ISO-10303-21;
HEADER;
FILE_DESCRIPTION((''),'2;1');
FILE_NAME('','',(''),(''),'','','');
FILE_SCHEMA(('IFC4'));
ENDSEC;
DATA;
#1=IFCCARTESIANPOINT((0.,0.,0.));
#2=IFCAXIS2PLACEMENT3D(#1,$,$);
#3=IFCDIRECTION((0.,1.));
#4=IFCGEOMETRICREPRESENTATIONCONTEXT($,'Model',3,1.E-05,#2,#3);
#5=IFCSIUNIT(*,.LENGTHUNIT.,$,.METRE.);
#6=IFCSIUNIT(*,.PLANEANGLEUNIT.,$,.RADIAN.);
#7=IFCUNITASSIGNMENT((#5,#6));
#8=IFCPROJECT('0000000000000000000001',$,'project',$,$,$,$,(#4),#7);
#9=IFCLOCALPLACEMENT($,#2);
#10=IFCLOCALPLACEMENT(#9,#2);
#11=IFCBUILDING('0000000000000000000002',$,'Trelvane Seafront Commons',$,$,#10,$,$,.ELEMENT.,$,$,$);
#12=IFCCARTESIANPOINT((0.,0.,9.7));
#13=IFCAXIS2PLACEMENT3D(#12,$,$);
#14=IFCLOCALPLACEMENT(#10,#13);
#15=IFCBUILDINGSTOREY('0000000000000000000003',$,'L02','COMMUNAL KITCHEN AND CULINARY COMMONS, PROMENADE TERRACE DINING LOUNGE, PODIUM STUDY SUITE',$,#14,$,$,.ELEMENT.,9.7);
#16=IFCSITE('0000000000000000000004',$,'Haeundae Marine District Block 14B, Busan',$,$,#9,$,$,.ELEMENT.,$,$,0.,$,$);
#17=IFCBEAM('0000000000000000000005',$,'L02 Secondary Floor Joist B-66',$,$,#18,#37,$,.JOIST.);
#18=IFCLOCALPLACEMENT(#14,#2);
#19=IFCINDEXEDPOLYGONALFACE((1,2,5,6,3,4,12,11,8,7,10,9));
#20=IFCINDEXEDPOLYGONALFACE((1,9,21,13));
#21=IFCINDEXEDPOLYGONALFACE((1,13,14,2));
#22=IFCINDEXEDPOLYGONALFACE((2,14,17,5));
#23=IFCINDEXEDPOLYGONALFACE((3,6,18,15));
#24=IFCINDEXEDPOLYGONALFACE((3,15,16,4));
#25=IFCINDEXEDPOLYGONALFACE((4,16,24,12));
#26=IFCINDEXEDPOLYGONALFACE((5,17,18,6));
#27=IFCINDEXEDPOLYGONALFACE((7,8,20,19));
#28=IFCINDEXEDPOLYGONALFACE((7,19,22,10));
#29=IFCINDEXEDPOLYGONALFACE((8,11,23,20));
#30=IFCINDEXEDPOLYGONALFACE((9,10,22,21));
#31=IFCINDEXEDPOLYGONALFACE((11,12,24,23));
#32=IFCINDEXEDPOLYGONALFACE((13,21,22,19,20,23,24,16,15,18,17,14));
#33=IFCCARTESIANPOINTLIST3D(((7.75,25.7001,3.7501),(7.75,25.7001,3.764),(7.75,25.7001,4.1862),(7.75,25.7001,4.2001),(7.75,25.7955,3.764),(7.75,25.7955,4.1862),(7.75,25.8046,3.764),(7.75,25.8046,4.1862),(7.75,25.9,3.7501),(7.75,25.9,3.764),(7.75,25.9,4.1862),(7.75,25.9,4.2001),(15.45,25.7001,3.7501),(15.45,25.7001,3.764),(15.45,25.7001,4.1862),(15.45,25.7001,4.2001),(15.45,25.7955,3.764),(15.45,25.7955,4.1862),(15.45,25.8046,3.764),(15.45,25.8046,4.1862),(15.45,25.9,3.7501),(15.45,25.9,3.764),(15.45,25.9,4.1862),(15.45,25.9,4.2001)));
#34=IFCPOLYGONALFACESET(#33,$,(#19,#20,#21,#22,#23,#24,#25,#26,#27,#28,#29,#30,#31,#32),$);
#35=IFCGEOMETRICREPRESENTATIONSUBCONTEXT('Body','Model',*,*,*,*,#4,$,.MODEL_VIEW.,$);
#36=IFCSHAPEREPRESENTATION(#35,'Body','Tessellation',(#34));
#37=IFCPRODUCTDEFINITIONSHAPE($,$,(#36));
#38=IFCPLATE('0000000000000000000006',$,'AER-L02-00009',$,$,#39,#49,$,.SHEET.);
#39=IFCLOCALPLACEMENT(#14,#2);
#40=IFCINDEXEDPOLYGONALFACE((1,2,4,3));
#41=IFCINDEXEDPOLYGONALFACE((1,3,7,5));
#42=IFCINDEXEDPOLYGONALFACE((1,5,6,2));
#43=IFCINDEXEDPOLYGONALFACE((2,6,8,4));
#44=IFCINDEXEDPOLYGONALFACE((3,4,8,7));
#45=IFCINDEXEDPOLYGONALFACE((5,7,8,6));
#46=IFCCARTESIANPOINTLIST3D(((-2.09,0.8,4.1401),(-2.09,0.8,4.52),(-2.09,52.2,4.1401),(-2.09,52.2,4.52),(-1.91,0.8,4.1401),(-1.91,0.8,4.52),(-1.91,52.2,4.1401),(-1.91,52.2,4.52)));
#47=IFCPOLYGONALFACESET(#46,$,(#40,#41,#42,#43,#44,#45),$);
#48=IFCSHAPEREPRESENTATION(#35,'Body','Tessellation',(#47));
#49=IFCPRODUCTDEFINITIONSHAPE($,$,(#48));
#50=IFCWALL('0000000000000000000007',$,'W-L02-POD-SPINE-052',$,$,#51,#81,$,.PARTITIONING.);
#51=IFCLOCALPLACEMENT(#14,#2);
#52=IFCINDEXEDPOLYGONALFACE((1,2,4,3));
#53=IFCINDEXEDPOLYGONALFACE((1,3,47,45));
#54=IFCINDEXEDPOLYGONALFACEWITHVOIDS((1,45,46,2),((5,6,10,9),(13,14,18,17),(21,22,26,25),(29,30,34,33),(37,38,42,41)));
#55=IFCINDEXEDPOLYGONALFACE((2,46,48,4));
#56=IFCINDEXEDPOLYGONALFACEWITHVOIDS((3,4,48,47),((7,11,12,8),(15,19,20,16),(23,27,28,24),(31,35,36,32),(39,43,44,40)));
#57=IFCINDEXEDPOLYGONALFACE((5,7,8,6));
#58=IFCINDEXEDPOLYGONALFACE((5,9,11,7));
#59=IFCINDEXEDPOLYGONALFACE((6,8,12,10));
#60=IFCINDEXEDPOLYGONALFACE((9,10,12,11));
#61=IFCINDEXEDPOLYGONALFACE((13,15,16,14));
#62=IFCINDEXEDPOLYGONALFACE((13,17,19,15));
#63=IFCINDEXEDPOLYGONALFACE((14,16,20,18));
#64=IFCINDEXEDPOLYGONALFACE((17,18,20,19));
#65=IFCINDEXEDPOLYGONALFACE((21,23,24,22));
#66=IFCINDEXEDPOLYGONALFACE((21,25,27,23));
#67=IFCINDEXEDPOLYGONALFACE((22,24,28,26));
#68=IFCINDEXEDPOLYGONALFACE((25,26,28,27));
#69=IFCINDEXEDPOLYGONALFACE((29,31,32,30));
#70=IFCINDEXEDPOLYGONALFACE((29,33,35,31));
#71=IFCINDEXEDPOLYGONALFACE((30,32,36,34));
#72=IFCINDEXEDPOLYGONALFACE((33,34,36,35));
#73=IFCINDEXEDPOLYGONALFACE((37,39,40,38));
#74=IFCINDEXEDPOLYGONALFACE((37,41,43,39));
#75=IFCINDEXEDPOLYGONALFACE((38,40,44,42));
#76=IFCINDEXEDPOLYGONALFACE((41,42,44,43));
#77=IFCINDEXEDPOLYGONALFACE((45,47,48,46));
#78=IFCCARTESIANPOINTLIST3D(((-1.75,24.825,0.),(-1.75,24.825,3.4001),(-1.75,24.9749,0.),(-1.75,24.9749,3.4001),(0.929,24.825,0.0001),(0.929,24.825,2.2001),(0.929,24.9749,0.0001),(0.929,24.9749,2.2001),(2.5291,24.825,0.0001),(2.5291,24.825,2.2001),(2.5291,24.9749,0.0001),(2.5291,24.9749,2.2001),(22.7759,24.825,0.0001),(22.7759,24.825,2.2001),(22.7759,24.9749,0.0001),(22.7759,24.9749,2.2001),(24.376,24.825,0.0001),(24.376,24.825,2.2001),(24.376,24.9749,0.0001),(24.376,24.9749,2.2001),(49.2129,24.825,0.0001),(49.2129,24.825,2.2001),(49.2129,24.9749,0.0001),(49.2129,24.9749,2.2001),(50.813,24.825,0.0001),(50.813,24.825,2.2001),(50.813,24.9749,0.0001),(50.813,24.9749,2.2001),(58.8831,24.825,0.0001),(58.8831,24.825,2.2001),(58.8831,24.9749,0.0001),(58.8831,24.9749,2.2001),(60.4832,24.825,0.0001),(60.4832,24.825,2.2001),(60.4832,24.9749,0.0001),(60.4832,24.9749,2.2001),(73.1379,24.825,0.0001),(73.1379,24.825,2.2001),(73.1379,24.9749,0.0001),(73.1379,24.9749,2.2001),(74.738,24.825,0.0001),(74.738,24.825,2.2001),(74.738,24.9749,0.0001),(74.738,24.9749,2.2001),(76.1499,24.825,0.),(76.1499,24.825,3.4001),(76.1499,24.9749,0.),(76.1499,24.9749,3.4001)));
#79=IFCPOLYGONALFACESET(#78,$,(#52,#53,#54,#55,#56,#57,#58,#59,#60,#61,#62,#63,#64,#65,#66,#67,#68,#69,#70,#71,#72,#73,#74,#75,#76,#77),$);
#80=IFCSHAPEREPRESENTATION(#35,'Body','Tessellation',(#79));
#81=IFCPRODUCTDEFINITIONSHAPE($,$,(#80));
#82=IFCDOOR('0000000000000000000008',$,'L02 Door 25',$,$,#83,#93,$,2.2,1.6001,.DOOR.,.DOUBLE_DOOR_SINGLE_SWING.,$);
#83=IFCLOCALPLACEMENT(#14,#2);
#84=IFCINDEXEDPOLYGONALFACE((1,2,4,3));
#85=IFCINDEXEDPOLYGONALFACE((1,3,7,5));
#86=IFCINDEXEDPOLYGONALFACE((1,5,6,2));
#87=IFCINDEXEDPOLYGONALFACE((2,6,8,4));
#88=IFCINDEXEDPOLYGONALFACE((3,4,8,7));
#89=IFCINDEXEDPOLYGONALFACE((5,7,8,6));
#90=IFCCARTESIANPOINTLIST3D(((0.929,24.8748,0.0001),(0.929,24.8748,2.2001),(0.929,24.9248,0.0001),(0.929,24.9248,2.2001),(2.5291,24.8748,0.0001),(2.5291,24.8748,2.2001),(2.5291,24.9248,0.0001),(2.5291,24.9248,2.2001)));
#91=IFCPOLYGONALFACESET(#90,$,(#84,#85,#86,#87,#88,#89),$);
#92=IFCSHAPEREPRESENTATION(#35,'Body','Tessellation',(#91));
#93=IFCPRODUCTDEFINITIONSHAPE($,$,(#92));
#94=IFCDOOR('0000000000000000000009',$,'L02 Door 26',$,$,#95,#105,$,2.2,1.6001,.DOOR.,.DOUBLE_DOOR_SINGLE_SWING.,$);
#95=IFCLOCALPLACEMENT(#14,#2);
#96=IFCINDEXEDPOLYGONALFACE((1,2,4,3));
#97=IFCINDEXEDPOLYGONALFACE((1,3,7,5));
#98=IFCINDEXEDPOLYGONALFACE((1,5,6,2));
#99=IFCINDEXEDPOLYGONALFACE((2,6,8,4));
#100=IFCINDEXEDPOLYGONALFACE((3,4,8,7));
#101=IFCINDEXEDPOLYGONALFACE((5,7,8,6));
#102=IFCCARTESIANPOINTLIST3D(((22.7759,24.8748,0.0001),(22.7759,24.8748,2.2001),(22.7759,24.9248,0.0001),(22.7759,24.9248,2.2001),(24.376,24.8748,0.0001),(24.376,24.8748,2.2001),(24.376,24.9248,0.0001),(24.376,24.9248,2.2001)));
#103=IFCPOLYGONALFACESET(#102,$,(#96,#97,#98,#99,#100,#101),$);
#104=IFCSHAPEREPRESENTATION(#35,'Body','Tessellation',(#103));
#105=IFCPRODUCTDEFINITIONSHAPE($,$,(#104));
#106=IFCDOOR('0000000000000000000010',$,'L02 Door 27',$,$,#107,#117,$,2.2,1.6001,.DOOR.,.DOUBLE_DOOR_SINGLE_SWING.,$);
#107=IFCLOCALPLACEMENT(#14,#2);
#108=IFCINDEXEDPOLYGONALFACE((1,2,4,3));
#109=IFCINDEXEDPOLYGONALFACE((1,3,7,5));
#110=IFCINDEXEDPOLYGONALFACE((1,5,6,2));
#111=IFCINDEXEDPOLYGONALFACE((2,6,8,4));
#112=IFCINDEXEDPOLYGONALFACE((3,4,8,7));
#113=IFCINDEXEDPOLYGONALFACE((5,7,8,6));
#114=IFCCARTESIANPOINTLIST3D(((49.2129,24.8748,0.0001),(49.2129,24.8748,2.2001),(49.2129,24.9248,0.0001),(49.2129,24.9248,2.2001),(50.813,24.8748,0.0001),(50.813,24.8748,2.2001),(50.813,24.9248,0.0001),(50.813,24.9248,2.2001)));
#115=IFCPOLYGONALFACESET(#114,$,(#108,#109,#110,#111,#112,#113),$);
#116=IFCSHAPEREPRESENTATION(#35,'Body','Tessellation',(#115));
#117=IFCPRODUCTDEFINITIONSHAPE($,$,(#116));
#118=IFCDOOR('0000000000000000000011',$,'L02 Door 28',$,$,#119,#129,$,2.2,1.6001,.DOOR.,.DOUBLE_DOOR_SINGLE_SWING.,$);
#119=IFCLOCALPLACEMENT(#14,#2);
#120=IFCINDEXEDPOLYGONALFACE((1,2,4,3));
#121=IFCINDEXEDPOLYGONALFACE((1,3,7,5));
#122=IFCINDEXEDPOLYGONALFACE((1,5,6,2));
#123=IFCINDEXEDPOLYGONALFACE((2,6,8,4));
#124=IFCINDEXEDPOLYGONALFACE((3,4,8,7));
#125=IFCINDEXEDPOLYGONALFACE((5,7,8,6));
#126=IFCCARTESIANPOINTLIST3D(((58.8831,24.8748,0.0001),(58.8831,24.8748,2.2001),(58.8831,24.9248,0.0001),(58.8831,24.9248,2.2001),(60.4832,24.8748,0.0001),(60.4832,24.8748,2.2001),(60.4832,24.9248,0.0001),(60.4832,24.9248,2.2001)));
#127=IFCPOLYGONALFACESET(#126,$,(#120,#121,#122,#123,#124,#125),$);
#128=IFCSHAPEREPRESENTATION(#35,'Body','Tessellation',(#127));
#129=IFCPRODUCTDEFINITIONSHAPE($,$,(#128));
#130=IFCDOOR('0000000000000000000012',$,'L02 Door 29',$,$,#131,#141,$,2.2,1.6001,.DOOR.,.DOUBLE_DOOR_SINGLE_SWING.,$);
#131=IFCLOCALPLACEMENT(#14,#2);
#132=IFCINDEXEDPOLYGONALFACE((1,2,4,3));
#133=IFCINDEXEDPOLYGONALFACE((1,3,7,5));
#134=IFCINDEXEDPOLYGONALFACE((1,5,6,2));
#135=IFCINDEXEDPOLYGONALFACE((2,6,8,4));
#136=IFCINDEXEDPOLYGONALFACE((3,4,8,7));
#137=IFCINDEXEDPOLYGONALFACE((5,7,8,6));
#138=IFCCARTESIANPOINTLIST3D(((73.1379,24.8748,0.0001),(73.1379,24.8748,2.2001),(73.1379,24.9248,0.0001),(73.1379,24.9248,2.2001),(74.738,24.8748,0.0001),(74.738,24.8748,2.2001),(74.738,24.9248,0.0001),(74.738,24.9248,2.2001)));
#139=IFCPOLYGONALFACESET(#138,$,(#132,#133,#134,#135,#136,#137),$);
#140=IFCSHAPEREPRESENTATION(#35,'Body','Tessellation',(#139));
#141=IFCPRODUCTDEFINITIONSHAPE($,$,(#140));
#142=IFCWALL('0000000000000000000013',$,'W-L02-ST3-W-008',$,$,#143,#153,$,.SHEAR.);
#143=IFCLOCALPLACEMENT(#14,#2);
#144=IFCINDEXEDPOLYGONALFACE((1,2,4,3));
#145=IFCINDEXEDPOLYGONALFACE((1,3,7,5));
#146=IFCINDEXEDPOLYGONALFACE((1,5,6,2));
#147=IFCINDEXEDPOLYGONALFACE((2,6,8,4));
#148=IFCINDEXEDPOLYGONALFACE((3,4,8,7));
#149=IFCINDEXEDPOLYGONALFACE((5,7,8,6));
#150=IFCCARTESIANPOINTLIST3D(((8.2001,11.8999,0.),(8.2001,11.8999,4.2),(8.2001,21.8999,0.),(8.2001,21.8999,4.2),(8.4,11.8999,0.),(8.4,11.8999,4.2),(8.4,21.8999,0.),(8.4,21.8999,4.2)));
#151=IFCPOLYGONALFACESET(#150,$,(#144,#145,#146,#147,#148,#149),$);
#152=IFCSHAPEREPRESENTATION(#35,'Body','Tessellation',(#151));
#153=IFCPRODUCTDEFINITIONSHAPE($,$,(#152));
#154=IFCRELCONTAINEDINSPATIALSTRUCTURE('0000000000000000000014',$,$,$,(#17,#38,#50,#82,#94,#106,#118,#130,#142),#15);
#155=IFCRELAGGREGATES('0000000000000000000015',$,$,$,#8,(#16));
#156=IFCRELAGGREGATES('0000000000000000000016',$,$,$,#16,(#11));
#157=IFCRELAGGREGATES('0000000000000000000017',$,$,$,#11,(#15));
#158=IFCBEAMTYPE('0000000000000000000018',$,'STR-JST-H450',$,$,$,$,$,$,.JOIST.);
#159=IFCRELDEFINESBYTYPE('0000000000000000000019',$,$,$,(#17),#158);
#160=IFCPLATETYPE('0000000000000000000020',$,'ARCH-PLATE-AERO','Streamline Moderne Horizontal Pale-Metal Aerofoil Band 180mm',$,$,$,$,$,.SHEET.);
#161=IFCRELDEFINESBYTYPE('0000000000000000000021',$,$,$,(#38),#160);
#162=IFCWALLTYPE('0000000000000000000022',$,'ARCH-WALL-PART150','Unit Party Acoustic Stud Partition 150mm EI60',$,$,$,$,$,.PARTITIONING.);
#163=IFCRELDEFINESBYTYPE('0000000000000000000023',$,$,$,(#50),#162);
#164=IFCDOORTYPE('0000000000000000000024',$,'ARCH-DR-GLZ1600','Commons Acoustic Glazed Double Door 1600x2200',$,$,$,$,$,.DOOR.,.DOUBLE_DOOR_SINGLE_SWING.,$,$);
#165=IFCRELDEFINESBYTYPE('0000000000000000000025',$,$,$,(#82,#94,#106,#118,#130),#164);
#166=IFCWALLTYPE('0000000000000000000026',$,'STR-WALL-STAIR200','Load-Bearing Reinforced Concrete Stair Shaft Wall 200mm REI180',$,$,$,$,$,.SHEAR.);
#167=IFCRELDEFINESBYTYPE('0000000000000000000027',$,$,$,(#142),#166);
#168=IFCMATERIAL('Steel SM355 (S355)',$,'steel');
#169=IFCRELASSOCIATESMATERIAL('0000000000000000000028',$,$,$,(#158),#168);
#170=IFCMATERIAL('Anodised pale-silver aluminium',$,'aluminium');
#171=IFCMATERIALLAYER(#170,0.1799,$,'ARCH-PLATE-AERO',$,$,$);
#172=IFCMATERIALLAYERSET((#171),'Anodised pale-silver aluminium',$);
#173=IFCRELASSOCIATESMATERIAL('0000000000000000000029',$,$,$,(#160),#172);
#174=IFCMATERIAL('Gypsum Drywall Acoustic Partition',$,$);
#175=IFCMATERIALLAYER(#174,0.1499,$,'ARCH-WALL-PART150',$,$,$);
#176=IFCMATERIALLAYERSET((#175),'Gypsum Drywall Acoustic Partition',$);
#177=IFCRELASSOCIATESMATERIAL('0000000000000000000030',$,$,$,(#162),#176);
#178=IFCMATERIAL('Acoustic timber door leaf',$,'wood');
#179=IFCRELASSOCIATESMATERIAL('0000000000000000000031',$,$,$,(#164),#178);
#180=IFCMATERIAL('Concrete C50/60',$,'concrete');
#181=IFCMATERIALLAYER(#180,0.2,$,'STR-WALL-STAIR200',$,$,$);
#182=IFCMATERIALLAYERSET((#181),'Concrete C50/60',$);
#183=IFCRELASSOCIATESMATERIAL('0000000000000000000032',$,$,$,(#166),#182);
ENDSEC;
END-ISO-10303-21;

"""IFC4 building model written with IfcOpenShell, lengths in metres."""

from ifc_helpers import new_model, si_unit, direction, frame, frame_2d, origin, origin_2d, place, context, subcontext, project, spatial, rectangle, i_section, extrude, source, transform, mapped, material, layer, layer_set, material_profile, profile_set, type_object, element, fill, save


model = new_model("IFC4")

# Units and contexts
model_context = context("Model", 3, precision=1e-05, world=origin(), true_north=direction((0.0, 1.0)))
body_context = subcontext(model_context, "Body", "Model", "MODEL_VIEW")
ifc_project = project(units=[si_unit("LENGTHUNIT", "METRE"), si_unit("PLANEANGLEUNIT", "RADIAN")], contexts=[model_context])

# Site, building, storey
site_placement = place(None, origin())
site = spatial("IfcSite", under=ifc_project, at=site_placement, Name="Haeundae Marine District Block 14B, Busan", CompositionType="ELEMENT", RefElevation=0.0)
building_placement = place(site_placement, origin())
building = spatial("IfcBuilding", under=site, at=building_placement, Name="Trelvane Seafront Commons", CompositionType="ELEMENT")
storey_placement = place(building_placement, frame((0.0, 0.0, 9.7)))
storey = spatial("IfcBuildingStorey", under=building, at=storey_placement, Name="L02", Description="COMMUNAL KITCHEN AND CULINARY COMMONS, PROMENADE TERRACE DINING LOUNGE, PODIUM STUDY SUITE", CompositionType="ELEMENT", Elevation=9.7)

# Shared definitions
ifc_material_1 = material(Name="Concrete C50/60", Category="concrete")

# Beam
ifc_material_2 = material(Name="Steel SM355 (S355)", Category="steel")
ifc_material_profile_1 = material_profile(ifc_material_2, i_section(OverallWidth=0.2, OverallDepth=0.45, WebThickness=0.009, FlangeThickness=0.0139, at=origin_2d()), Name="H-450x200x9x14")
ifc_profile_set_1 = profile_set([ifc_material_profile_1], Name="Steel SM355 (S355)")
beam_type_1 = type_object("IfcBeamType", Name="STR-JST-H450", PredefinedType="JOIST", material=ifc_profile_set_1)
shared_shape_1 = source(origin(), body_context, "Body", "SweptSolid", [
    extrude(i_section(OverallWidth=0.2, OverallDepth=0.45, WebThickness=0.009, FlangeThickness=0.0139, at=origin_2d()), origin(), (0.0, 0.0, 1.0), 7.7),
])
for number, where, z_axis, x_axis, name in (
    (1, (7.75, 25.8, 3.9751), (1.0, 0.0, 0.0), (0.0, 1.0, 0.0), "L02 Secondary Floor Joist B-66"),
):
    element("IfcBeam", number, at=place(storey_placement, frame(where, z_axis=z_axis, x_axis=x_axis)), inside=storey, type_object=beam_type_1, Name=name, PredefinedType="JOIST", context=body_context, shape_type="MappedRepresentation", body=[
        mapped(shared_shape_1, transform((0.0, 0.0, 0.0), x_axis=(1.0, 0.0, 0.0), y_axis=(0.0, 1.0, 0.0), z_axis=(0.0, 0.0, 1.0), scale=1.0)),
    ])

# Plate
ifc_material_3 = material(Name="Anodised pale-silver aluminium", Category="aluminium")
ifc_layer_1 = layer(ifc_material_3, 0.1799, Name="ARCH-PLATE-AERO")
ifc_layer_set_1 = layer_set([ifc_layer_1], Name="Anodised pale-silver aluminium")
plate_type = type_object("IfcPlateType", Name="ARCH-PLATE-AERO", Description="Streamline Moderne Horizontal Pale-Metal Aerofoil Band 180mm", PredefinedType="SHEET", material=ifc_layer_set_1)
shared_shape_2 = source(origin(), body_context, "Body", "SweptSolid", [
    extrude(rectangle(XDim=51.3999, YDim=0.1799, at=origin_2d()), origin(), (0.0, 0.0, 1.0), 0.3799),
])
plate_placement = place(storey_placement, frame((-2.0, 26.5, 4.1401), z_axis=(0.0, 0.0, 1.0), x_axis=(0.0, 1.0, 0.0)))
element("IfcPlate", 2, at=plate_placement, inside=storey, type_object=plate_type, Name="AER-L02-00009", PredefinedType="SHEET", context=body_context, shape_type="MappedRepresentation", body=[
    mapped(shared_shape_2, transform((0.0, 0.0, 0.0), x_axis=(1.0, 0.0, 0.0), y_axis=(0.0, 1.0, 0.0), z_axis=(0.0, 0.0, 1.0), scale=1.0)),
])

# Wall, openings, doors
ifc_material_4 = material(Name="Gypsum Drywall Acoustic Partition")
ifc_layer_2 = layer(ifc_material_4, 0.1499, Name="ARCH-WALL-PART150")
ifc_layer_set_2 = layer_set([ifc_layer_2], Name="Gypsum Drywall Acoustic Partition")
wall_type_1 = type_object("IfcWallType", Name="ARCH-WALL-PART150", Description="Unit Party Acoustic Stud Partition 150mm EI60", PredefinedType="PARTITIONING", material=ifc_layer_set_2)
wall_1_placement = place(storey_placement, frame((-1.75, 24.8999, 0.0), z_axis=(0.0, 0.0, 1.0), x_axis=(1.0, 0.0, 0.0)))
wall_1 = element("IfcWall", 3, at=wall_1_placement, inside=storey, type_object=wall_type_1, Name="W-L02-POD-SPINE-052", PredefinedType="PARTITIONING", context=body_context, shape_type="SweptSolid", body=[
    extrude(rectangle(XDim=77.8999, YDim=0.1499, at=frame_2d((38.95, 0.0))), origin(), (0.0, 0.0, 1.0), 3.4001),
])
opening_1_placement = place(wall_1_placement, frame((2.679, 0.0, 0.0)))
opening_1 = element("IfcOpeningElement", 4, at=opening_1_placement, cuts=wall_1, PredefinedType="OPENING", context=body_context, shape_type="SweptSolid", body=[
    extrude(rectangle(XDim=1.6001, YDim=2.2, at=frame_2d((0.8, 1.1001))), frame((0.0, 0.085, 0.0), z_axis=(0.0, -1.0, 0.0), x_axis=(1.0, 0.0, 0.0)), (0.0, 0.0, 1.0), 0.1699),
])
opening_2_placement = place(wall_1_placement, frame((24.5259, 0.0, 0.0)))
opening_2 = element("IfcOpeningElement", 5, at=opening_2_placement, cuts=wall_1, PredefinedType="OPENING", context=body_context, shape_type="SweptSolid", body=[
    extrude(rectangle(XDim=1.6001, YDim=2.2, at=frame_2d((0.8, 1.1001))), frame((0.0, 0.085, 0.0), z_axis=(0.0, -1.0, 0.0), x_axis=(1.0, 0.0, 0.0)), (0.0, 0.0, 1.0), 0.1699),
])
opening_3_placement = place(wall_1_placement, frame((50.9629, 0.0, 0.0)))
opening_3 = element("IfcOpeningElement", 6, at=opening_3_placement, cuts=wall_1, PredefinedType="OPENING", context=body_context, shape_type="SweptSolid", body=[
    extrude(rectangle(XDim=1.6001, YDim=2.2, at=frame_2d((0.8, 1.1001))), frame((0.0, 0.085, 0.0), z_axis=(0.0, -1.0, 0.0), x_axis=(1.0, 0.0, 0.0)), (0.0, 0.0, 1.0), 0.1699),
])
opening_4_placement = place(wall_1_placement, frame((60.6331, 0.0, 0.0)))
opening_4 = element("IfcOpeningElement", 7, at=opening_4_placement, cuts=wall_1, PredefinedType="OPENING", context=body_context, shape_type="SweptSolid", body=[
    extrude(rectangle(XDim=1.6001, YDim=2.2, at=frame_2d((0.8, 1.1001))), frame((0.0, 0.085, 0.0), z_axis=(0.0, -1.0, 0.0), x_axis=(1.0, 0.0, 0.0)), (0.0, 0.0, 1.0), 0.1699),
])
opening_5_placement = place(wall_1_placement, frame((74.8879, 0.0, 0.0)))
opening_5 = element("IfcOpeningElement", 8, at=opening_5_placement, cuts=wall_1, PredefinedType="OPENING", context=body_context, shape_type="SweptSolid", body=[
    extrude(rectangle(XDim=1.6001, YDim=2.2, at=frame_2d((0.8, 1.1001))), frame((0.0, 0.085, 0.0), z_axis=(0.0, -1.0, 0.0), x_axis=(1.0, 0.0, 0.0)), (0.0, 0.0, 1.0), 0.1699),
])
ifc_material_5 = material(Name="Acoustic timber door leaf", Category="wood")
door_type_1 = type_object("IfcDoorType", Name="ARCH-DR-GLZ1600", Description="Commons Acoustic Glazed Double Door 1600x2200", OperationType="DOUBLE_DOOR_SINGLE_SWING", PredefinedType="DOOR", material=ifc_material_5)
shared_shape_3 = source(origin(), body_context, "Body", "SweptSolid", [
    extrude(rectangle(XDim=1.6001, YDim=2.2, at=frame_2d((0.8, 1.1001))), frame((0.0, 0.0249, 0.0), z_axis=(0.0, -1.0, 0.0), x_axis=(1.0, 0.0, 0.0)), (0.0, 0.0, 1.0), 0.05),
])
door_1_placement = place(opening_1_placement, origin())
door_1 = element("IfcDoor", 9, at=door_1_placement, inside=storey, type_object=door_type_1, Name="L02 Door 25", OperationType="DOUBLE_DOOR_SINGLE_SWING", OverallHeight=2.2, OverallWidth=1.6001, PredefinedType="DOOR", context=body_context, shape_type="MappedRepresentation", body=[
    mapped(shared_shape_3, transform((0.0, 0.0, 0.0), x_axis=(1.0, 0.0, 0.0), y_axis=(0.0, 1.0, 0.0), z_axis=(0.0, 0.0, 1.0), scale=1.0)),
])
fill(opening_1, door_1)
door_2_placement = place(opening_2_placement, origin())
door_2 = element("IfcDoor", 10, at=door_2_placement, inside=storey, type_object=door_type_1, Name="L02 Door 26", OperationType="DOUBLE_DOOR_SINGLE_SWING", OverallHeight=2.2, OverallWidth=1.6001, PredefinedType="DOOR", context=body_context, shape_type="MappedRepresentation", body=[
    mapped(shared_shape_3, transform((0.0, 0.0, 0.0), x_axis=(1.0, 0.0, 0.0), y_axis=(0.0, 1.0, 0.0), z_axis=(0.0, 0.0, 1.0), scale=1.0)),
])
fill(opening_2, door_2)
door_3_placement = place(opening_3_placement, origin())
door_3 = element("IfcDoor", 11, at=door_3_placement, inside=storey, type_object=door_type_1, Name="L02 Door 27", OperationType="DOUBLE_DOOR_SINGLE_SWING", OverallHeight=2.2, OverallWidth=1.6001, PredefinedType="DOOR", context=body_context, shape_type="MappedRepresentation", body=[
    mapped(shared_shape_3, transform((0.0, 0.0, 0.0), x_axis=(1.0, 0.0, 0.0), y_axis=(0.0, 1.0, 0.0), z_axis=(0.0, 0.0, 1.0), scale=1.0)),
])
fill(opening_3, door_3)
door_4_placement = place(opening_4_placement, origin())
door_4 = element("IfcDoor", 12, at=door_4_placement, inside=storey, type_object=door_type_1, Name="L02 Door 28", OperationType="DOUBLE_DOOR_SINGLE_SWING", OverallHeight=2.2, OverallWidth=1.6001, PredefinedType="DOOR", context=body_context, shape_type="MappedRepresentation", body=[
    mapped(shared_shape_3, transform((0.0, 0.0, 0.0), x_axis=(1.0, 0.0, 0.0), y_axis=(0.0, 1.0, 0.0), z_axis=(0.0, 0.0, 1.0), scale=1.0)),
])
fill(opening_4, door_4)
door_5_placement = place(opening_5_placement, origin())
door_5 = element("IfcDoor", 13, at=door_5_placement, inside=storey, type_object=door_type_1, Name="L02 Door 29", OperationType="DOUBLE_DOOR_SINGLE_SWING", OverallHeight=2.2, OverallWidth=1.6001, PredefinedType="DOOR", context=body_context, shape_type="MappedRepresentation", body=[
    mapped(shared_shape_3, transform((0.0, 0.0, 0.0), x_axis=(1.0, 0.0, 0.0), y_axis=(0.0, 1.0, 0.0), z_axis=(0.0, 0.0, 1.0), scale=1.0)),
])
fill(opening_5, door_5)

# Wall
ifc_layer_3 = layer(ifc_material_1, 0.2, Name="STR-WALL-STAIR200")
ifc_layer_set_3 = layer_set([ifc_layer_3], Name="Concrete C50/60")
wall_type_2 = type_object("IfcWallType", Name="STR-WALL-STAIR200", Description="Load-Bearing Reinforced Concrete Stair Shaft Wall 200mm REI180", PredefinedType="SHEAR", material=ifc_layer_set_3)
wall_2_placement = place(storey_placement, frame((8.3, 11.8999, 0.0), z_axis=(0.0, 0.0, 1.0), x_axis=(0.0, 1.0, 0.0)))
element("IfcWall", 14, at=wall_2_placement, inside=storey, type_object=wall_type_2, Name="W-L02-ST3-W-008", PredefinedType="SHEAR", context=body_context, shape_type="SweptSolid", body=[
    extrude(rectangle(XDim=10.0, YDim=0.2, at=frame_2d((5.0, 0.0))), origin(), (0.0, 0.0, 1.0), 4.2),
])

save(model, "model.ifc")
